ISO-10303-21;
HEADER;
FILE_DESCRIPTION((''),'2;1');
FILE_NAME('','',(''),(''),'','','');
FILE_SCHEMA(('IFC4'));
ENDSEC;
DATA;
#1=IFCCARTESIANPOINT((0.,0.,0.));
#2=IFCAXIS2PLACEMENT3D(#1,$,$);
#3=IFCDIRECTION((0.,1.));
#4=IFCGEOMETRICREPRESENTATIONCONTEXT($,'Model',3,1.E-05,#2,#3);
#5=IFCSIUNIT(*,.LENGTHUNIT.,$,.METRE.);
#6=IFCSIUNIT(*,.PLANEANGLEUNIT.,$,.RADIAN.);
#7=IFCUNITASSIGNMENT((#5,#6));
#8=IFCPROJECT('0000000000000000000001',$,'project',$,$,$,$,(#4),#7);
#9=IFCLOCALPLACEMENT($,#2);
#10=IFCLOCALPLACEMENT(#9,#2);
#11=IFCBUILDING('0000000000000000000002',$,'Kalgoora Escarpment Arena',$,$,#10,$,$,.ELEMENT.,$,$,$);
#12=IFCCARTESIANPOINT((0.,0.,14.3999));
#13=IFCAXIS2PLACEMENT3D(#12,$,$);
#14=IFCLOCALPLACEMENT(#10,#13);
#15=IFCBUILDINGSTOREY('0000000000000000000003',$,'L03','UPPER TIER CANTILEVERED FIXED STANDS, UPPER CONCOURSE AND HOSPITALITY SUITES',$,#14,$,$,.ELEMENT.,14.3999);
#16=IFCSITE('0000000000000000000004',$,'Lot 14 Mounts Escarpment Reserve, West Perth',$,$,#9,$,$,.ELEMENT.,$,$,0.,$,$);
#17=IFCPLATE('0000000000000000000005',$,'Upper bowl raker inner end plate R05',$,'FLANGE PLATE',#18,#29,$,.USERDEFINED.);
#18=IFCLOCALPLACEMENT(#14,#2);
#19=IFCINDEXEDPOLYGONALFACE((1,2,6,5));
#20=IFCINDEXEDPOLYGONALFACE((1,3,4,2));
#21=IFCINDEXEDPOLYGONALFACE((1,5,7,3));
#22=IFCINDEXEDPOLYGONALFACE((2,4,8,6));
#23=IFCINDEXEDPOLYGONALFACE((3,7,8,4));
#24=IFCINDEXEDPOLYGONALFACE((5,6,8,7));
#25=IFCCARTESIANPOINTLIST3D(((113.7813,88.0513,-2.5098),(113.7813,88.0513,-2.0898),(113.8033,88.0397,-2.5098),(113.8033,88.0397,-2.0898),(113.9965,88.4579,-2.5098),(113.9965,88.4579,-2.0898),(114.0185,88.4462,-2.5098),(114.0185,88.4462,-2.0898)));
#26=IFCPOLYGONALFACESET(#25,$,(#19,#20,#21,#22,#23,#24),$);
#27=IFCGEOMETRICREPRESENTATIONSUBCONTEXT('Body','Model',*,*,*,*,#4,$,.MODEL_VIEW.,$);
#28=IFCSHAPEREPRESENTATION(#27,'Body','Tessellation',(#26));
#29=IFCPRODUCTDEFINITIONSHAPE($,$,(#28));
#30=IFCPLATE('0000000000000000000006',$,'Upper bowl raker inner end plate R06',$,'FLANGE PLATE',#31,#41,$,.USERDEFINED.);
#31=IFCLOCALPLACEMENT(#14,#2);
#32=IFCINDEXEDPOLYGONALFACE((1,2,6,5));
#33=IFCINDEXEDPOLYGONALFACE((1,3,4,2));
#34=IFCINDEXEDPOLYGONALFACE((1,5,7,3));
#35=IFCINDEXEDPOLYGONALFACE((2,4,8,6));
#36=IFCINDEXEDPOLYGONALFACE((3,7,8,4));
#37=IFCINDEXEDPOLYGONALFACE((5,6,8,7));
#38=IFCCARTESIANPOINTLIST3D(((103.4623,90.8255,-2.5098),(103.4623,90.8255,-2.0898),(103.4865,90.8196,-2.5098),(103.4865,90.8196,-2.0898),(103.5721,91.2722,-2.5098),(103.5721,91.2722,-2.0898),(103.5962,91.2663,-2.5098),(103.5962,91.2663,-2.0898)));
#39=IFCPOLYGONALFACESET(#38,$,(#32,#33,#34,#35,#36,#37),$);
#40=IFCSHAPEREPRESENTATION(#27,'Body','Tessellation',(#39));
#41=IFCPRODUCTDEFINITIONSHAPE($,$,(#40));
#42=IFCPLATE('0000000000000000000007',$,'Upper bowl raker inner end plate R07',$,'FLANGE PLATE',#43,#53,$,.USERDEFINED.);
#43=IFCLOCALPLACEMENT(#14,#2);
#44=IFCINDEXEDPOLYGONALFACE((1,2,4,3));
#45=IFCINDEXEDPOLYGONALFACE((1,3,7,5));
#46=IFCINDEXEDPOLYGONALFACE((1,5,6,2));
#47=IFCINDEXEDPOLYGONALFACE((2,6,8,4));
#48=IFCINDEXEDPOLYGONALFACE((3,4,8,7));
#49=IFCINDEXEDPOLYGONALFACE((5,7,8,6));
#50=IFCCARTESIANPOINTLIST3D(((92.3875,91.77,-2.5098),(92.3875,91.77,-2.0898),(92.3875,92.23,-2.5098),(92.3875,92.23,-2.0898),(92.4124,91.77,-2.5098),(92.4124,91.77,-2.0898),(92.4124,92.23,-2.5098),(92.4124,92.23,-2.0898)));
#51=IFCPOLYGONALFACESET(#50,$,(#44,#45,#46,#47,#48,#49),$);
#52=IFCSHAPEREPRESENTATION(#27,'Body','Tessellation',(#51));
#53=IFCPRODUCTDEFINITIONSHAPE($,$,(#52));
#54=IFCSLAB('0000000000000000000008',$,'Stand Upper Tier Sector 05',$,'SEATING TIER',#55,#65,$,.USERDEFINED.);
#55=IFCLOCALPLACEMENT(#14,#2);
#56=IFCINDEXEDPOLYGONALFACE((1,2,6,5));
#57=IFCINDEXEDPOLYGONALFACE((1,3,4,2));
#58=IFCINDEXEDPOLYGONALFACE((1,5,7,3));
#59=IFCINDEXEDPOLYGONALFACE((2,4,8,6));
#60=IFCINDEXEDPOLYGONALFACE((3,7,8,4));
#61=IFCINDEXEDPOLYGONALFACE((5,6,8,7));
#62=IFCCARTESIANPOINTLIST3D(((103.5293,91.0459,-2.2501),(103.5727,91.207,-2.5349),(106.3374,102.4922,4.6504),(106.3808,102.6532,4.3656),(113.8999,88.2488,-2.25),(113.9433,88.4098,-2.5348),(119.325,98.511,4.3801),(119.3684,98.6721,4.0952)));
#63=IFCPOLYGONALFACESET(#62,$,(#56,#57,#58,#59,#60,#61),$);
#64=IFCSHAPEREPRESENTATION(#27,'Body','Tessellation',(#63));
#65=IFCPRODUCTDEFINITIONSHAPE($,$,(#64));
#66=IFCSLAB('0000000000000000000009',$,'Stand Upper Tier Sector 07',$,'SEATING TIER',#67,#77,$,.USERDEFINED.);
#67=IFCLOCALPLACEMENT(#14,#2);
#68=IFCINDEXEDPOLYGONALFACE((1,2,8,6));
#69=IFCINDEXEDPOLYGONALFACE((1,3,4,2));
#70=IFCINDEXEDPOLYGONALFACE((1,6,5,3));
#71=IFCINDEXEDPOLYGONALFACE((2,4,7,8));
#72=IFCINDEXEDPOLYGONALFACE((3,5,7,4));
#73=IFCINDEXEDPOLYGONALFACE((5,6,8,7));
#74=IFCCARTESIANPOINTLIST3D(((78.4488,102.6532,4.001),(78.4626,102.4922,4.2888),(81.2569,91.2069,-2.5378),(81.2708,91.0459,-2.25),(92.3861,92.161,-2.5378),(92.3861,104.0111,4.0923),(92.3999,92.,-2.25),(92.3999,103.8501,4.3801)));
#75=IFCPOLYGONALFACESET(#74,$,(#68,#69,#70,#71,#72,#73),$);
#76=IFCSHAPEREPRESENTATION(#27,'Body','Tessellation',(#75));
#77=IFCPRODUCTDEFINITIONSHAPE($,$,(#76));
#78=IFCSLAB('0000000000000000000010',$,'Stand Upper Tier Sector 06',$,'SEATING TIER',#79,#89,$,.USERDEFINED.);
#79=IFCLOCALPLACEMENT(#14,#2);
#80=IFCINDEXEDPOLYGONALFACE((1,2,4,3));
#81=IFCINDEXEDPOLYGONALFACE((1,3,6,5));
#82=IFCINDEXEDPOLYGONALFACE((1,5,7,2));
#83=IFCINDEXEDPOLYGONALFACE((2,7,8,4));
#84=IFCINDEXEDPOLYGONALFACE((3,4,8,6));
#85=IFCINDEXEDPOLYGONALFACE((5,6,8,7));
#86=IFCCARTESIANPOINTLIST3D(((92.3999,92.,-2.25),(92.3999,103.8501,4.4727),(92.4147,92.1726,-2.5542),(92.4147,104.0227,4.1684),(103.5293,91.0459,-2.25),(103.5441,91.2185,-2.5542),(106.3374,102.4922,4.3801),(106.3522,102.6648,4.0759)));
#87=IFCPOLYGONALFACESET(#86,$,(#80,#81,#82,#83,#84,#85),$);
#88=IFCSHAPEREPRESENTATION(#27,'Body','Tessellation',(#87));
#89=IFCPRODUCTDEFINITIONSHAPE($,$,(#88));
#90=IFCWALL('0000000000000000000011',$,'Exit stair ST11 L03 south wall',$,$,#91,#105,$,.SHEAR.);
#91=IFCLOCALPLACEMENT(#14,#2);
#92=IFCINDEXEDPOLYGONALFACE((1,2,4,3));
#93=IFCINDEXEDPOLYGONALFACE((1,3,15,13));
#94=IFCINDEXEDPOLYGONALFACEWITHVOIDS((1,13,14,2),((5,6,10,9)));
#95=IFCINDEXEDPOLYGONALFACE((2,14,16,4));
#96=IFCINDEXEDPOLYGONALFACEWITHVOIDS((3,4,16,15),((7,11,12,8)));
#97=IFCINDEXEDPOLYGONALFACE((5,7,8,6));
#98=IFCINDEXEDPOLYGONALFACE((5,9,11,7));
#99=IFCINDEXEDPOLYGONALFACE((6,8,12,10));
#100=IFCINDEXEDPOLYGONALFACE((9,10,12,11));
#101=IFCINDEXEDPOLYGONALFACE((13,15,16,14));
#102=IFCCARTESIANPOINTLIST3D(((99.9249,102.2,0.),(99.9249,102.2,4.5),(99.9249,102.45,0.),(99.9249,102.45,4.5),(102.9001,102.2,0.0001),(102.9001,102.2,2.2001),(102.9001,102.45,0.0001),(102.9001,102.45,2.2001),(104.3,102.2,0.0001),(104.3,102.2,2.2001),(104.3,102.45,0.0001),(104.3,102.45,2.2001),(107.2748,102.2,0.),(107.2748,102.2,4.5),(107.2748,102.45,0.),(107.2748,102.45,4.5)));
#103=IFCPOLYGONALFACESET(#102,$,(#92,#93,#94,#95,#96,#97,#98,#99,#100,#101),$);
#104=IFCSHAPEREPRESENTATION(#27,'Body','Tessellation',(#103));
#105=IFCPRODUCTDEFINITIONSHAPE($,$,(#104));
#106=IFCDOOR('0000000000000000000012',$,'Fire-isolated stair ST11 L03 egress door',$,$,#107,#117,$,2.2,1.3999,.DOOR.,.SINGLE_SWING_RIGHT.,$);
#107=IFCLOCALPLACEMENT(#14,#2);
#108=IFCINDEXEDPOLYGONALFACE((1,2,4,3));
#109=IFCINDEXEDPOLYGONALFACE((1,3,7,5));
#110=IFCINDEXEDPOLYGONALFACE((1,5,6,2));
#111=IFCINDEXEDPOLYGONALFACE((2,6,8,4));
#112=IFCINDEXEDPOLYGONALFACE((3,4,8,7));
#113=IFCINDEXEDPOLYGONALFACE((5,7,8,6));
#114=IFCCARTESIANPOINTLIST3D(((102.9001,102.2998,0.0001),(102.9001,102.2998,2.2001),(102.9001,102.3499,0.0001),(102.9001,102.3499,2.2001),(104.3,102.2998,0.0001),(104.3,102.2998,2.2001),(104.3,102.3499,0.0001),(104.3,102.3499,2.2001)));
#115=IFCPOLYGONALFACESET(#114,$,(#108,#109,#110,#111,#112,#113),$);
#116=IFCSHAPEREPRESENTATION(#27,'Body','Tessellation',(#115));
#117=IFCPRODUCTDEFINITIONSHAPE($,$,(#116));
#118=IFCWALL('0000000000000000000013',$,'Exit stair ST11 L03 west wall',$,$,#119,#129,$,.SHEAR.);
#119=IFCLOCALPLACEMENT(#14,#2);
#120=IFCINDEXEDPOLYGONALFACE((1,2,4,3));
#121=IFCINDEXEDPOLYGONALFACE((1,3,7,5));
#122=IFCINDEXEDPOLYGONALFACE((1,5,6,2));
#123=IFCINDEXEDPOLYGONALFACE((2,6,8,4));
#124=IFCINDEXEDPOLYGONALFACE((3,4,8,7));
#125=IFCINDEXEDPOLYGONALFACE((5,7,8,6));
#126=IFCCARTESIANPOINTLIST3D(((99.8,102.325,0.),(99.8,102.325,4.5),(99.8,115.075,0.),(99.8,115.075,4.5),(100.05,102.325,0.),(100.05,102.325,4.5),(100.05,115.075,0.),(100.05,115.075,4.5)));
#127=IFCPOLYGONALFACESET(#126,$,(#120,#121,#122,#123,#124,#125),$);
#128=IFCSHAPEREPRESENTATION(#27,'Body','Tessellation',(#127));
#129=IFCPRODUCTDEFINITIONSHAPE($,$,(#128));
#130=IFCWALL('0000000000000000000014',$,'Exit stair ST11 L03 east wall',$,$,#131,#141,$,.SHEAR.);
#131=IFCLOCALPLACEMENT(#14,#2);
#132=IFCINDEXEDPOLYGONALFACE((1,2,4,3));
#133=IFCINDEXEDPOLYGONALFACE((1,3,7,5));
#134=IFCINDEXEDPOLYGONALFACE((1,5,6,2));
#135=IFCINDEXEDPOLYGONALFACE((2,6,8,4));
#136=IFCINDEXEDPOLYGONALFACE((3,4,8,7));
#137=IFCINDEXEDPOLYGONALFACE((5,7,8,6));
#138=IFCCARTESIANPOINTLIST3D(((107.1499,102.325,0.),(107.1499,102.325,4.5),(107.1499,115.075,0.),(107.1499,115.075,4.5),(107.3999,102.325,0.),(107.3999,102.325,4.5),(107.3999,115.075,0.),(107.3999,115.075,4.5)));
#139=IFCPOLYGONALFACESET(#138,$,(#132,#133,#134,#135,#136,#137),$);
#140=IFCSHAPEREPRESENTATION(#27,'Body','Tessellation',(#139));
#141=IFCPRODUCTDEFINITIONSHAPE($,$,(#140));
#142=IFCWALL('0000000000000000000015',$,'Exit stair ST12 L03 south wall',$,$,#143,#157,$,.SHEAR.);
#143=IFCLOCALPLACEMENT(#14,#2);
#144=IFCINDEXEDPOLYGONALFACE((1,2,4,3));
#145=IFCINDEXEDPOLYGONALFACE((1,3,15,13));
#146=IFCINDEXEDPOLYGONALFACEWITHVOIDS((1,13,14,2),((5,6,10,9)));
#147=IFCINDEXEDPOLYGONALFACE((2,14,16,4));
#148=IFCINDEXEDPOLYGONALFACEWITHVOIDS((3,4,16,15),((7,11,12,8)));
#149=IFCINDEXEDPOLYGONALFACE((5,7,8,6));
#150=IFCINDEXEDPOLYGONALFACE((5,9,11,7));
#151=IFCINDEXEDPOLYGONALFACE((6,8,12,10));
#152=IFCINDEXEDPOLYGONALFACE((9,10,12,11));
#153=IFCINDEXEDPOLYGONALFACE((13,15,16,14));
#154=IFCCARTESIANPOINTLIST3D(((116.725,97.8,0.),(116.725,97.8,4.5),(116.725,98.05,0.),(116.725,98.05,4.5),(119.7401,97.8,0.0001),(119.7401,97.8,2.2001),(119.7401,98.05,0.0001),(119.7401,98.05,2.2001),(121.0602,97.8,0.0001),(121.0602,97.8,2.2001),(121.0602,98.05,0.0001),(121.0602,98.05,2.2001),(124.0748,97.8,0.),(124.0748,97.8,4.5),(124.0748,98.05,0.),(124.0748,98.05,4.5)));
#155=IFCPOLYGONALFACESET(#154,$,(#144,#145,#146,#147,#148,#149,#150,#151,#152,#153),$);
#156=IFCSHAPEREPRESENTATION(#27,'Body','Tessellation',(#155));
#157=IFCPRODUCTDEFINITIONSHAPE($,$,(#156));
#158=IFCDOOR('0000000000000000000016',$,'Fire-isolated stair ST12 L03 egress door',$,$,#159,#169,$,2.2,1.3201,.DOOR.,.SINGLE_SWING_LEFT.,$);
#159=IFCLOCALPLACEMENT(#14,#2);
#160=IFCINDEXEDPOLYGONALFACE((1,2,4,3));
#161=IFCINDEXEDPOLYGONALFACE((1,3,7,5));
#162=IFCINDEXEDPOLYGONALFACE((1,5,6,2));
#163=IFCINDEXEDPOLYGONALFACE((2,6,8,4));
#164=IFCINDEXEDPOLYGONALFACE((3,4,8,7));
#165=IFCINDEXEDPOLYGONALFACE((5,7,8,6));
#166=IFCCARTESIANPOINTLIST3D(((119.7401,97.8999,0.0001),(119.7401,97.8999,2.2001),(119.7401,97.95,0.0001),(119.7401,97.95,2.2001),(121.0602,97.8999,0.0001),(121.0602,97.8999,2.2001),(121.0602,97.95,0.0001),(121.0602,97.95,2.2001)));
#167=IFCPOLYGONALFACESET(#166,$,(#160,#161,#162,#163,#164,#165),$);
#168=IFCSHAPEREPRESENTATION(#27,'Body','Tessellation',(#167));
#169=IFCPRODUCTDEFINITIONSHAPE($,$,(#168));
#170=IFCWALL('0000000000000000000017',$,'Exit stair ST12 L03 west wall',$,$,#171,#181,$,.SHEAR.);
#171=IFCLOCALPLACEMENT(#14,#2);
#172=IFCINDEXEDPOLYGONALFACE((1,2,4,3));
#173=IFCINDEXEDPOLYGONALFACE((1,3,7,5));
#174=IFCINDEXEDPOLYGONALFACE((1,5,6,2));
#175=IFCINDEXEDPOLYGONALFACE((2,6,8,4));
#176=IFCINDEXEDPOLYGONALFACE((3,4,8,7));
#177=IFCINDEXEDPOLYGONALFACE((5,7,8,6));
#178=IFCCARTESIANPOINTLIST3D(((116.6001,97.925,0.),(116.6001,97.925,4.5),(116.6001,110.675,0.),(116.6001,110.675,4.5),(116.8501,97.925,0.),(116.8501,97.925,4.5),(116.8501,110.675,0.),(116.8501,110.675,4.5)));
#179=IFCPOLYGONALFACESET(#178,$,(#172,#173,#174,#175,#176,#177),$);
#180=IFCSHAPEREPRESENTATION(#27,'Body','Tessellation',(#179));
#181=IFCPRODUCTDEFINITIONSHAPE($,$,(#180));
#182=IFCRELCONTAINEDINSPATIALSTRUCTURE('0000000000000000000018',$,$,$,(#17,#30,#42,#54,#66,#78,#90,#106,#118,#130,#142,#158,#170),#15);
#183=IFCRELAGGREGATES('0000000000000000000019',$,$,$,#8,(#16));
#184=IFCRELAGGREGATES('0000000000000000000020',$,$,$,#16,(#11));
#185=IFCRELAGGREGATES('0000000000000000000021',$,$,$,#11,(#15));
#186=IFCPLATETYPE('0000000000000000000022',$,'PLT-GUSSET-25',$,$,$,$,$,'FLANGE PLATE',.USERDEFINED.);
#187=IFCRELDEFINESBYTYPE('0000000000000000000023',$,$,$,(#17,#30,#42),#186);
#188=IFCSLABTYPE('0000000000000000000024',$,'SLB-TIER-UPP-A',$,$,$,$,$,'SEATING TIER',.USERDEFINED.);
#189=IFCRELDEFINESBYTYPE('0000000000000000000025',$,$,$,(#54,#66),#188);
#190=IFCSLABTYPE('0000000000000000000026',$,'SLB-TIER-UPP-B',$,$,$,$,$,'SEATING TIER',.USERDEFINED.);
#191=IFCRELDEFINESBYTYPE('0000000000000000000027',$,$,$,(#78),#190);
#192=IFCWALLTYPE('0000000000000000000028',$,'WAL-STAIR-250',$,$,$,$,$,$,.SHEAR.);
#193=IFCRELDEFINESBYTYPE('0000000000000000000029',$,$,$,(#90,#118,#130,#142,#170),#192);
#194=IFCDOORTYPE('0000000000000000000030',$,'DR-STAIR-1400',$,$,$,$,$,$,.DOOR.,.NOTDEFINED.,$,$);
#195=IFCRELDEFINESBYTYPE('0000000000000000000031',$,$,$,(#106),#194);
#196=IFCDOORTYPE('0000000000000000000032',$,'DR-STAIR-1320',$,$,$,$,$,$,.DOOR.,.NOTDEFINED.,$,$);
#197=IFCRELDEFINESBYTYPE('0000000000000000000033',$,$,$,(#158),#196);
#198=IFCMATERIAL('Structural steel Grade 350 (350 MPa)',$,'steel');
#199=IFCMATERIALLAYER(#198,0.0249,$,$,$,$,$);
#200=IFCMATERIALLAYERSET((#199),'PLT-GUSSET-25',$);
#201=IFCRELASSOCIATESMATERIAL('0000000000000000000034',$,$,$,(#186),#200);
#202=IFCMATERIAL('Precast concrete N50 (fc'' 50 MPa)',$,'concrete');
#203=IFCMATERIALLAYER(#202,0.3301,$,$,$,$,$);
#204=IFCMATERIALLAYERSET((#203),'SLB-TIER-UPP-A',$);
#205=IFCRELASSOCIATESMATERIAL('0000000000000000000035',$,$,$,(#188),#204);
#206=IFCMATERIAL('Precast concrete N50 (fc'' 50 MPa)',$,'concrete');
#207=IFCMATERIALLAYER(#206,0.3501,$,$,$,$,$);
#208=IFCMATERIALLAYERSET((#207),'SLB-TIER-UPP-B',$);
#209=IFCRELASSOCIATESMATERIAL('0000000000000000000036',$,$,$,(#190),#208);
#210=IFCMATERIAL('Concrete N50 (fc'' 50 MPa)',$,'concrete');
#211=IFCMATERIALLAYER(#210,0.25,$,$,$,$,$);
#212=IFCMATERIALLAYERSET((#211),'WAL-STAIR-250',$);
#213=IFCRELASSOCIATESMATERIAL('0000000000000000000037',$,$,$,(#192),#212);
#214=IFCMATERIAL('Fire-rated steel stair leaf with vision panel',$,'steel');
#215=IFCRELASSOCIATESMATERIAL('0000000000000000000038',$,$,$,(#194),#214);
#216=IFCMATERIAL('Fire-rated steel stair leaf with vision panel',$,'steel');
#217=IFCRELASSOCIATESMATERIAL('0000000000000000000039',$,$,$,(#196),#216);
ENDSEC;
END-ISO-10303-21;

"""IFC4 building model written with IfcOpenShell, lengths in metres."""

from ifc_helpers import new_model, si_unit, direction, frame, frame_2d, origin, origin_2d, place, context, subcontext, project, spatial, polyline, rectangle, outline, extrude, material, layer, layer_set, type_object, element, fill, save


model = new_model("IFC4")

# Units and contexts
model_context = context("Model", 3, precision=1e-05, world=origin(), true_north=direction((0.0, 1.0)))
body_context = subcontext(model_context, "Body", "Model", "MODEL_VIEW")
ifc_project = project(units=[si_unit("LENGTHUNIT", "METRE"), si_unit("PLANEANGLEUNIT", "RADIAN")], contexts=[model_context])

# Site, building, storey
site_placement = place(None, origin())
site = spatial("IfcSite", under=ifc_project, at=site_placement, Name="Lot 14 Mounts Escarpment Reserve, West Perth", CompositionType="ELEMENT", RefElevation=0.0)
building_placement = place(site_placement, origin())
building = spatial("IfcBuilding", under=site, at=building_placement, Name="Kalgoora Escarpment Arena", CompositionType="ELEMENT")
storey_placement = place(building_placement, frame((0.0, 0.0, 14.3999)))
storey = spatial("IfcBuildingStorey", under=building, at=storey_placement, Name="L03", Description="UPPER TIER CANTILEVERED FIXED STANDS, UPPER CONCOURSE AND HOSPITALITY SUITES", CompositionType="ELEMENT", Elevation=14.3999)

# Plates
ifc_material_1 = material(Name="Structural steel Grade 350 (350 MPa)", Category="steel")
ifc_layer_1 = layer(ifc_material_1, 0.0249)
ifc_layer_set_1 = layer_set([ifc_layer_1], Name="PLT-GUSSET-25")
plate_type = type_object("IfcPlateType", Name="PLT-GUSSET-25", ElementType="FLANGE PLATE", PredefinedType="USERDEFINED", material=ifc_layer_set_1)
for number, where, z_axis, x_axis, name in (
    (1, (113.8999, 88.2488, -2.5098), (0.0, 0.0, 1.0), (0.467776, 0.883847, 0.0), "Upper bowl raker inner end plate R05"),
    (2, (103.5293, 91.0459, -2.5098), (0.0, 0.0, 1.0), (0.238533, 0.971134, 0.0), "Upper bowl raker inner end plate R06"),
    (3, (92.3999, 92.0, -2.5098), (0.0, 0.0, 1.0), (0.0, 1.0, 0.0), "Upper bowl raker inner end plate R07"),
):
    element("IfcPlate", number, at=place(storey_placement, frame(where, z_axis=z_axis, x_axis=x_axis)), inside=storey, type_object=plate_type, Name=name, ObjectType="FLANGE PLATE", PredefinedType="USERDEFINED", context=body_context, shape_type="SweptSolid", body=[
        extrude(rectangle(XDim=0.46, YDim=0.0249, at=origin_2d()), origin(), (0.0, 0.0, 1.0), 0.4199),
    ])

# Slabs
ifc_material_2 = material(Name="Precast concrete N50 (fc' 50 MPa)", Category="concrete")
ifc_layer_2 = layer(ifc_material_2, 0.3301)
ifc_layer_set_2 = layer_set([ifc_layer_2], Name="SLB-TIER-UPP-A")
slab_type_1 = type_object("IfcSlabType", Name="SLB-TIER-UPP-A", ElementType="SEATING TIER", PredefinedType="USERDEFINED", material=ifc_layer_set_2)
slab_1_placement = place(storey_placement, frame((113.8999, 88.2488, -2.25), z_axis=(-0.131606, -0.487923, 0.862909), x_axis=(-0.965497, 0.260413, -0.000005)))
element("IfcSlab", 4, at=slab_1_placement, inside=storey, type_object=slab_type_1, Name="Stand Upper Tier Sector 05", ObjectType="SEATING TIER", PredefinedType="USERDEFINED", context=body_context, shape_type="SweptSolid", body=[
    extrude(outline(polyline([(0.0, 0.0), (10.7412, 0.0), (11.0107, -13.6545), (-2.5655, -13.1195), (0.0, 0.0)])), origin(), (0.0, 0.0, -1.0), 0.3301),
])
slab_2_placement = place(storey_placement, frame((92.3999, 92.0, -2.25), z_axis=(0.04182, -0.487842, 0.87193), x_axis=(-0.996345, -0.085415, -0.000002)))
element("IfcSlab", 5, at=slab_2_placement, inside=storey, type_object=slab_type_1, Name="Stand Upper Tier Sector 07", ObjectType="SEATING TIER", PredefinedType="USERDEFINED", context=body_context, shape_type="SweptSolid", body=[
    extrude(outline(polyline([(0.0, 0.0), (11.17, 0.0), (12.9901, -13.3546), (-1.0122, -13.541), (0.0, 0.0)])), origin(), (0.0, 0.0, -1.0), 0.3301),
])
ifc_material_3 = material(Name="Precast concrete N50 (fc' 50 MPa)", Category="concrete")
ifc_layer_3 = layer(ifc_material_3, 0.3501)
ifc_layer_set_3 = layer_set([ifc_layer_3], Name="SLB-TIER-UPP-B")
slab_type_2 = type_object("IfcSlabType", Name="SLB-TIER-UPP-B", ElementType="SEATING TIER", PredefinedType="USERDEFINED", material=ifc_layer_set_3)
slab_3_placement = place(storey_placement, frame((103.5293, 91.0459, -2.25), z_axis=(-0.042263, -0.492994, 0.869006), x_axis=(-0.996346, 0.085415, 0.0)))
element("IfcSlab", 6, at=slab_3_placement, inside=storey, type_object=slab_type_2, Name="Stand Upper Tier Sector 06", ObjectType="SEATING TIER", PredefinedType="USERDEFINED", context=body_context, shape_type="SweptSolid", body=[
    extrude(outline(polyline([(0.0, 0.0), (11.1702, 0.0), (12.1824, -13.5866), (-1.8202, -13.3996), (0.0, 0.0)])), origin(), (0.0, 0.0, -1.0), 0.3501),
])

# Wall, opening, door
ifc_material_4 = material(Name="Concrete N50 (fc' 50 MPa)", Category="concrete")
ifc_layer_4 = layer(ifc_material_4, 0.25)
ifc_layer_set_4 = layer_set([ifc_layer_4], Name="WAL-STAIR-250")
wall_type = type_object("IfcWallType", Name="WAL-STAIR-250", PredefinedType="SHEAR", material=ifc_layer_set_4)
wall_1_placement = place(storey_placement, frame((99.925, 102.325, 0.0), z_axis=(0.0, 0.0, 1.0), x_axis=(1.0, 0.0, 0.0)))
wall_1 = element("IfcWall", 7, at=wall_1_placement, inside=storey, type_object=wall_type, Name="Exit stair ST11 L03 south wall", PredefinedType="SHEAR", context=body_context, shape_type="SweptSolid", body=[
    extrude(rectangle(XDim=7.3499, YDim=0.25, at=frame_2d((3.6748, 0.0))), origin(), (0.0, 0.0, 1.0), 4.5),
])
opening_1_placement = place(wall_1_placement, frame((2.9751, 0.0, 0.0)))
opening_1 = element("IfcOpeningElement", 8, at=opening_1_placement, cuts=wall_1, PredefinedType="OPENING", context=body_context, shape_type="SweptSolid", body=[
    extrude(rectangle(XDim=1.3999, YDim=2.2, at=frame_2d((0.7, 1.1001))), frame((0.0, 0.135, 0.0), z_axis=(0.0, -1.0, 0.0), x_axis=(1.0, 0.0, 0.0)), (0.0, 0.0, 1.0), 0.27),
])
ifc_material_5 = material(Name="Fire-rated steel stair leaf with vision panel", Category="steel")
door_type_1 = type_object("IfcDoorType", Name="DR-STAIR-1400", OperationType="NOTDEFINED", PredefinedType="DOOR", material=ifc_material_5)
door_1_placement = place(opening_1_placement, origin())
door_1 = element("IfcDoor", 9, at=door_1_placement, inside=storey, type_object=door_type_1, Name="Fire-isolated stair ST11 L03 egress door", OperationType="SINGLE_SWING_RIGHT", OverallHeight=2.2, OverallWidth=1.3999, PredefinedType="DOOR", context=body_context, shape_type="SweptSolid", body=[
    extrude(rectangle(XDim=1.3999, YDim=2.2, at=frame_2d((0.7, 1.1001))), frame((0.0, 0.0249, 0.0), z_axis=(0.0, -1.0, 0.0), x_axis=(1.0, 0.0, 0.0)), (0.0, 0.0, 1.0), 0.05),
])
fill(opening_1, door_1)

# Walls
for number, where, z_axis, x_axis, name in (
    (10, (99.925, 102.325, 0.0), (0.0, 0.0, 1.0), (0.0, 1.0, 0.0), "Exit stair ST11 L03 west wall"),
    (11, (107.2749, 102.325, 0.0), (0.0, 0.0, 1.0), (0.0, 1.0, 0.0), "Exit stair ST11 L03 east wall"),
):
    element("IfcWall", number, at=place(storey_placement, frame(where, z_axis=z_axis, x_axis=x_axis)), inside=storey, type_object=wall_type, Name=name, PredefinedType="SHEAR", context=body_context, shape_type="SweptSolid", body=[
        extrude(rectangle(XDim=12.75, YDim=0.25, at=frame_2d((6.375, 0.0))), origin(), (0.0, 0.0, 1.0), 4.5),
    ])

# Wall, opening, door
wall_2_placement = place(storey_placement, frame((116.7251, 97.925, 0.0), z_axis=(0.0, 0.0, 1.0), x_axis=(1.0, 0.0, 0.0)))
wall_2 = element("IfcWall", 12, at=wall_2_placement, inside=storey, type_object=wall_type, Name="Exit stair ST12 L03 south wall", PredefinedType="SHEAR", context=body_context, shape_type="SweptSolid", body=[
    extrude(rectangle(XDim=7.3499, YDim=0.25, at=frame_2d((3.6748, 0.0))), origin(), (0.0, 0.0, 1.0), 4.5),
])
opening_2_placement = place(wall_2_placement, frame((3.0149, 0.0, 0.0)))
opening_2 = element("IfcOpeningElement", 13, at=opening_2_placement, cuts=wall_2, PredefinedType="OPENING", context=body_context, shape_type="SweptSolid", body=[
    extrude(rectangle(XDim=1.3201, YDim=2.2, at=frame_2d((0.6602, 1.1001))), frame((0.0, 0.135, 0.0), z_axis=(0.0, -1.0, 0.0), x_axis=(1.0, 0.0, 0.0)), (0.0, 0.0, 1.0), 0.27),
])
ifc_material_6 = material(Name="Fire-rated steel stair leaf with vision panel", Category="steel")
door_type_2 = type_object("IfcDoorType", Name="DR-STAIR-1320", OperationType="NOTDEFINED", PredefinedType="DOOR", material=ifc_material_6)
door_2_placement = place(opening_2_placement, origin())
door_2 = element("IfcDoor", 14, at=door_2_placement, inside=storey, type_object=door_type_2, Name="Fire-isolated stair ST12 L03 egress door", OperationType="SINGLE_SWING_LEFT", OverallHeight=2.2, OverallWidth=1.3201, PredefinedType="DOOR", context=body_context, shape_type="SweptSolid", body=[
    extrude(rectangle(XDim=1.3201, YDim=2.2, at=frame_2d((0.6602, 1.1001))), frame((0.0, 0.0249, 0.0), z_axis=(0.0, -1.0, 0.0), x_axis=(1.0, 0.0, 0.0)), (0.0, 0.0, 1.0), 0.05),
])
fill(opening_2, door_2)

# Wall
wall_3_placement = place(storey_placement, frame((116.7251, 97.925, 0.0), z_axis=(0.0, 0.0, 1.0), x_axis=(0.0, 1.0, 0.0)))
element("IfcWall", 15, at=wall_3_placement, inside=storey, type_object=wall_type, Name="Exit stair ST12 L03 west wall", PredefinedType="SHEAR", context=body_context, shape_type="SweptSolid", body=[
    extrude(rectangle(XDim=12.75, YDim=0.25, at=frame_2d((6.375, 0.0))), origin(), (0.0, 0.0, 1.0), 4.5),
])

save(model, "model.ifc")
